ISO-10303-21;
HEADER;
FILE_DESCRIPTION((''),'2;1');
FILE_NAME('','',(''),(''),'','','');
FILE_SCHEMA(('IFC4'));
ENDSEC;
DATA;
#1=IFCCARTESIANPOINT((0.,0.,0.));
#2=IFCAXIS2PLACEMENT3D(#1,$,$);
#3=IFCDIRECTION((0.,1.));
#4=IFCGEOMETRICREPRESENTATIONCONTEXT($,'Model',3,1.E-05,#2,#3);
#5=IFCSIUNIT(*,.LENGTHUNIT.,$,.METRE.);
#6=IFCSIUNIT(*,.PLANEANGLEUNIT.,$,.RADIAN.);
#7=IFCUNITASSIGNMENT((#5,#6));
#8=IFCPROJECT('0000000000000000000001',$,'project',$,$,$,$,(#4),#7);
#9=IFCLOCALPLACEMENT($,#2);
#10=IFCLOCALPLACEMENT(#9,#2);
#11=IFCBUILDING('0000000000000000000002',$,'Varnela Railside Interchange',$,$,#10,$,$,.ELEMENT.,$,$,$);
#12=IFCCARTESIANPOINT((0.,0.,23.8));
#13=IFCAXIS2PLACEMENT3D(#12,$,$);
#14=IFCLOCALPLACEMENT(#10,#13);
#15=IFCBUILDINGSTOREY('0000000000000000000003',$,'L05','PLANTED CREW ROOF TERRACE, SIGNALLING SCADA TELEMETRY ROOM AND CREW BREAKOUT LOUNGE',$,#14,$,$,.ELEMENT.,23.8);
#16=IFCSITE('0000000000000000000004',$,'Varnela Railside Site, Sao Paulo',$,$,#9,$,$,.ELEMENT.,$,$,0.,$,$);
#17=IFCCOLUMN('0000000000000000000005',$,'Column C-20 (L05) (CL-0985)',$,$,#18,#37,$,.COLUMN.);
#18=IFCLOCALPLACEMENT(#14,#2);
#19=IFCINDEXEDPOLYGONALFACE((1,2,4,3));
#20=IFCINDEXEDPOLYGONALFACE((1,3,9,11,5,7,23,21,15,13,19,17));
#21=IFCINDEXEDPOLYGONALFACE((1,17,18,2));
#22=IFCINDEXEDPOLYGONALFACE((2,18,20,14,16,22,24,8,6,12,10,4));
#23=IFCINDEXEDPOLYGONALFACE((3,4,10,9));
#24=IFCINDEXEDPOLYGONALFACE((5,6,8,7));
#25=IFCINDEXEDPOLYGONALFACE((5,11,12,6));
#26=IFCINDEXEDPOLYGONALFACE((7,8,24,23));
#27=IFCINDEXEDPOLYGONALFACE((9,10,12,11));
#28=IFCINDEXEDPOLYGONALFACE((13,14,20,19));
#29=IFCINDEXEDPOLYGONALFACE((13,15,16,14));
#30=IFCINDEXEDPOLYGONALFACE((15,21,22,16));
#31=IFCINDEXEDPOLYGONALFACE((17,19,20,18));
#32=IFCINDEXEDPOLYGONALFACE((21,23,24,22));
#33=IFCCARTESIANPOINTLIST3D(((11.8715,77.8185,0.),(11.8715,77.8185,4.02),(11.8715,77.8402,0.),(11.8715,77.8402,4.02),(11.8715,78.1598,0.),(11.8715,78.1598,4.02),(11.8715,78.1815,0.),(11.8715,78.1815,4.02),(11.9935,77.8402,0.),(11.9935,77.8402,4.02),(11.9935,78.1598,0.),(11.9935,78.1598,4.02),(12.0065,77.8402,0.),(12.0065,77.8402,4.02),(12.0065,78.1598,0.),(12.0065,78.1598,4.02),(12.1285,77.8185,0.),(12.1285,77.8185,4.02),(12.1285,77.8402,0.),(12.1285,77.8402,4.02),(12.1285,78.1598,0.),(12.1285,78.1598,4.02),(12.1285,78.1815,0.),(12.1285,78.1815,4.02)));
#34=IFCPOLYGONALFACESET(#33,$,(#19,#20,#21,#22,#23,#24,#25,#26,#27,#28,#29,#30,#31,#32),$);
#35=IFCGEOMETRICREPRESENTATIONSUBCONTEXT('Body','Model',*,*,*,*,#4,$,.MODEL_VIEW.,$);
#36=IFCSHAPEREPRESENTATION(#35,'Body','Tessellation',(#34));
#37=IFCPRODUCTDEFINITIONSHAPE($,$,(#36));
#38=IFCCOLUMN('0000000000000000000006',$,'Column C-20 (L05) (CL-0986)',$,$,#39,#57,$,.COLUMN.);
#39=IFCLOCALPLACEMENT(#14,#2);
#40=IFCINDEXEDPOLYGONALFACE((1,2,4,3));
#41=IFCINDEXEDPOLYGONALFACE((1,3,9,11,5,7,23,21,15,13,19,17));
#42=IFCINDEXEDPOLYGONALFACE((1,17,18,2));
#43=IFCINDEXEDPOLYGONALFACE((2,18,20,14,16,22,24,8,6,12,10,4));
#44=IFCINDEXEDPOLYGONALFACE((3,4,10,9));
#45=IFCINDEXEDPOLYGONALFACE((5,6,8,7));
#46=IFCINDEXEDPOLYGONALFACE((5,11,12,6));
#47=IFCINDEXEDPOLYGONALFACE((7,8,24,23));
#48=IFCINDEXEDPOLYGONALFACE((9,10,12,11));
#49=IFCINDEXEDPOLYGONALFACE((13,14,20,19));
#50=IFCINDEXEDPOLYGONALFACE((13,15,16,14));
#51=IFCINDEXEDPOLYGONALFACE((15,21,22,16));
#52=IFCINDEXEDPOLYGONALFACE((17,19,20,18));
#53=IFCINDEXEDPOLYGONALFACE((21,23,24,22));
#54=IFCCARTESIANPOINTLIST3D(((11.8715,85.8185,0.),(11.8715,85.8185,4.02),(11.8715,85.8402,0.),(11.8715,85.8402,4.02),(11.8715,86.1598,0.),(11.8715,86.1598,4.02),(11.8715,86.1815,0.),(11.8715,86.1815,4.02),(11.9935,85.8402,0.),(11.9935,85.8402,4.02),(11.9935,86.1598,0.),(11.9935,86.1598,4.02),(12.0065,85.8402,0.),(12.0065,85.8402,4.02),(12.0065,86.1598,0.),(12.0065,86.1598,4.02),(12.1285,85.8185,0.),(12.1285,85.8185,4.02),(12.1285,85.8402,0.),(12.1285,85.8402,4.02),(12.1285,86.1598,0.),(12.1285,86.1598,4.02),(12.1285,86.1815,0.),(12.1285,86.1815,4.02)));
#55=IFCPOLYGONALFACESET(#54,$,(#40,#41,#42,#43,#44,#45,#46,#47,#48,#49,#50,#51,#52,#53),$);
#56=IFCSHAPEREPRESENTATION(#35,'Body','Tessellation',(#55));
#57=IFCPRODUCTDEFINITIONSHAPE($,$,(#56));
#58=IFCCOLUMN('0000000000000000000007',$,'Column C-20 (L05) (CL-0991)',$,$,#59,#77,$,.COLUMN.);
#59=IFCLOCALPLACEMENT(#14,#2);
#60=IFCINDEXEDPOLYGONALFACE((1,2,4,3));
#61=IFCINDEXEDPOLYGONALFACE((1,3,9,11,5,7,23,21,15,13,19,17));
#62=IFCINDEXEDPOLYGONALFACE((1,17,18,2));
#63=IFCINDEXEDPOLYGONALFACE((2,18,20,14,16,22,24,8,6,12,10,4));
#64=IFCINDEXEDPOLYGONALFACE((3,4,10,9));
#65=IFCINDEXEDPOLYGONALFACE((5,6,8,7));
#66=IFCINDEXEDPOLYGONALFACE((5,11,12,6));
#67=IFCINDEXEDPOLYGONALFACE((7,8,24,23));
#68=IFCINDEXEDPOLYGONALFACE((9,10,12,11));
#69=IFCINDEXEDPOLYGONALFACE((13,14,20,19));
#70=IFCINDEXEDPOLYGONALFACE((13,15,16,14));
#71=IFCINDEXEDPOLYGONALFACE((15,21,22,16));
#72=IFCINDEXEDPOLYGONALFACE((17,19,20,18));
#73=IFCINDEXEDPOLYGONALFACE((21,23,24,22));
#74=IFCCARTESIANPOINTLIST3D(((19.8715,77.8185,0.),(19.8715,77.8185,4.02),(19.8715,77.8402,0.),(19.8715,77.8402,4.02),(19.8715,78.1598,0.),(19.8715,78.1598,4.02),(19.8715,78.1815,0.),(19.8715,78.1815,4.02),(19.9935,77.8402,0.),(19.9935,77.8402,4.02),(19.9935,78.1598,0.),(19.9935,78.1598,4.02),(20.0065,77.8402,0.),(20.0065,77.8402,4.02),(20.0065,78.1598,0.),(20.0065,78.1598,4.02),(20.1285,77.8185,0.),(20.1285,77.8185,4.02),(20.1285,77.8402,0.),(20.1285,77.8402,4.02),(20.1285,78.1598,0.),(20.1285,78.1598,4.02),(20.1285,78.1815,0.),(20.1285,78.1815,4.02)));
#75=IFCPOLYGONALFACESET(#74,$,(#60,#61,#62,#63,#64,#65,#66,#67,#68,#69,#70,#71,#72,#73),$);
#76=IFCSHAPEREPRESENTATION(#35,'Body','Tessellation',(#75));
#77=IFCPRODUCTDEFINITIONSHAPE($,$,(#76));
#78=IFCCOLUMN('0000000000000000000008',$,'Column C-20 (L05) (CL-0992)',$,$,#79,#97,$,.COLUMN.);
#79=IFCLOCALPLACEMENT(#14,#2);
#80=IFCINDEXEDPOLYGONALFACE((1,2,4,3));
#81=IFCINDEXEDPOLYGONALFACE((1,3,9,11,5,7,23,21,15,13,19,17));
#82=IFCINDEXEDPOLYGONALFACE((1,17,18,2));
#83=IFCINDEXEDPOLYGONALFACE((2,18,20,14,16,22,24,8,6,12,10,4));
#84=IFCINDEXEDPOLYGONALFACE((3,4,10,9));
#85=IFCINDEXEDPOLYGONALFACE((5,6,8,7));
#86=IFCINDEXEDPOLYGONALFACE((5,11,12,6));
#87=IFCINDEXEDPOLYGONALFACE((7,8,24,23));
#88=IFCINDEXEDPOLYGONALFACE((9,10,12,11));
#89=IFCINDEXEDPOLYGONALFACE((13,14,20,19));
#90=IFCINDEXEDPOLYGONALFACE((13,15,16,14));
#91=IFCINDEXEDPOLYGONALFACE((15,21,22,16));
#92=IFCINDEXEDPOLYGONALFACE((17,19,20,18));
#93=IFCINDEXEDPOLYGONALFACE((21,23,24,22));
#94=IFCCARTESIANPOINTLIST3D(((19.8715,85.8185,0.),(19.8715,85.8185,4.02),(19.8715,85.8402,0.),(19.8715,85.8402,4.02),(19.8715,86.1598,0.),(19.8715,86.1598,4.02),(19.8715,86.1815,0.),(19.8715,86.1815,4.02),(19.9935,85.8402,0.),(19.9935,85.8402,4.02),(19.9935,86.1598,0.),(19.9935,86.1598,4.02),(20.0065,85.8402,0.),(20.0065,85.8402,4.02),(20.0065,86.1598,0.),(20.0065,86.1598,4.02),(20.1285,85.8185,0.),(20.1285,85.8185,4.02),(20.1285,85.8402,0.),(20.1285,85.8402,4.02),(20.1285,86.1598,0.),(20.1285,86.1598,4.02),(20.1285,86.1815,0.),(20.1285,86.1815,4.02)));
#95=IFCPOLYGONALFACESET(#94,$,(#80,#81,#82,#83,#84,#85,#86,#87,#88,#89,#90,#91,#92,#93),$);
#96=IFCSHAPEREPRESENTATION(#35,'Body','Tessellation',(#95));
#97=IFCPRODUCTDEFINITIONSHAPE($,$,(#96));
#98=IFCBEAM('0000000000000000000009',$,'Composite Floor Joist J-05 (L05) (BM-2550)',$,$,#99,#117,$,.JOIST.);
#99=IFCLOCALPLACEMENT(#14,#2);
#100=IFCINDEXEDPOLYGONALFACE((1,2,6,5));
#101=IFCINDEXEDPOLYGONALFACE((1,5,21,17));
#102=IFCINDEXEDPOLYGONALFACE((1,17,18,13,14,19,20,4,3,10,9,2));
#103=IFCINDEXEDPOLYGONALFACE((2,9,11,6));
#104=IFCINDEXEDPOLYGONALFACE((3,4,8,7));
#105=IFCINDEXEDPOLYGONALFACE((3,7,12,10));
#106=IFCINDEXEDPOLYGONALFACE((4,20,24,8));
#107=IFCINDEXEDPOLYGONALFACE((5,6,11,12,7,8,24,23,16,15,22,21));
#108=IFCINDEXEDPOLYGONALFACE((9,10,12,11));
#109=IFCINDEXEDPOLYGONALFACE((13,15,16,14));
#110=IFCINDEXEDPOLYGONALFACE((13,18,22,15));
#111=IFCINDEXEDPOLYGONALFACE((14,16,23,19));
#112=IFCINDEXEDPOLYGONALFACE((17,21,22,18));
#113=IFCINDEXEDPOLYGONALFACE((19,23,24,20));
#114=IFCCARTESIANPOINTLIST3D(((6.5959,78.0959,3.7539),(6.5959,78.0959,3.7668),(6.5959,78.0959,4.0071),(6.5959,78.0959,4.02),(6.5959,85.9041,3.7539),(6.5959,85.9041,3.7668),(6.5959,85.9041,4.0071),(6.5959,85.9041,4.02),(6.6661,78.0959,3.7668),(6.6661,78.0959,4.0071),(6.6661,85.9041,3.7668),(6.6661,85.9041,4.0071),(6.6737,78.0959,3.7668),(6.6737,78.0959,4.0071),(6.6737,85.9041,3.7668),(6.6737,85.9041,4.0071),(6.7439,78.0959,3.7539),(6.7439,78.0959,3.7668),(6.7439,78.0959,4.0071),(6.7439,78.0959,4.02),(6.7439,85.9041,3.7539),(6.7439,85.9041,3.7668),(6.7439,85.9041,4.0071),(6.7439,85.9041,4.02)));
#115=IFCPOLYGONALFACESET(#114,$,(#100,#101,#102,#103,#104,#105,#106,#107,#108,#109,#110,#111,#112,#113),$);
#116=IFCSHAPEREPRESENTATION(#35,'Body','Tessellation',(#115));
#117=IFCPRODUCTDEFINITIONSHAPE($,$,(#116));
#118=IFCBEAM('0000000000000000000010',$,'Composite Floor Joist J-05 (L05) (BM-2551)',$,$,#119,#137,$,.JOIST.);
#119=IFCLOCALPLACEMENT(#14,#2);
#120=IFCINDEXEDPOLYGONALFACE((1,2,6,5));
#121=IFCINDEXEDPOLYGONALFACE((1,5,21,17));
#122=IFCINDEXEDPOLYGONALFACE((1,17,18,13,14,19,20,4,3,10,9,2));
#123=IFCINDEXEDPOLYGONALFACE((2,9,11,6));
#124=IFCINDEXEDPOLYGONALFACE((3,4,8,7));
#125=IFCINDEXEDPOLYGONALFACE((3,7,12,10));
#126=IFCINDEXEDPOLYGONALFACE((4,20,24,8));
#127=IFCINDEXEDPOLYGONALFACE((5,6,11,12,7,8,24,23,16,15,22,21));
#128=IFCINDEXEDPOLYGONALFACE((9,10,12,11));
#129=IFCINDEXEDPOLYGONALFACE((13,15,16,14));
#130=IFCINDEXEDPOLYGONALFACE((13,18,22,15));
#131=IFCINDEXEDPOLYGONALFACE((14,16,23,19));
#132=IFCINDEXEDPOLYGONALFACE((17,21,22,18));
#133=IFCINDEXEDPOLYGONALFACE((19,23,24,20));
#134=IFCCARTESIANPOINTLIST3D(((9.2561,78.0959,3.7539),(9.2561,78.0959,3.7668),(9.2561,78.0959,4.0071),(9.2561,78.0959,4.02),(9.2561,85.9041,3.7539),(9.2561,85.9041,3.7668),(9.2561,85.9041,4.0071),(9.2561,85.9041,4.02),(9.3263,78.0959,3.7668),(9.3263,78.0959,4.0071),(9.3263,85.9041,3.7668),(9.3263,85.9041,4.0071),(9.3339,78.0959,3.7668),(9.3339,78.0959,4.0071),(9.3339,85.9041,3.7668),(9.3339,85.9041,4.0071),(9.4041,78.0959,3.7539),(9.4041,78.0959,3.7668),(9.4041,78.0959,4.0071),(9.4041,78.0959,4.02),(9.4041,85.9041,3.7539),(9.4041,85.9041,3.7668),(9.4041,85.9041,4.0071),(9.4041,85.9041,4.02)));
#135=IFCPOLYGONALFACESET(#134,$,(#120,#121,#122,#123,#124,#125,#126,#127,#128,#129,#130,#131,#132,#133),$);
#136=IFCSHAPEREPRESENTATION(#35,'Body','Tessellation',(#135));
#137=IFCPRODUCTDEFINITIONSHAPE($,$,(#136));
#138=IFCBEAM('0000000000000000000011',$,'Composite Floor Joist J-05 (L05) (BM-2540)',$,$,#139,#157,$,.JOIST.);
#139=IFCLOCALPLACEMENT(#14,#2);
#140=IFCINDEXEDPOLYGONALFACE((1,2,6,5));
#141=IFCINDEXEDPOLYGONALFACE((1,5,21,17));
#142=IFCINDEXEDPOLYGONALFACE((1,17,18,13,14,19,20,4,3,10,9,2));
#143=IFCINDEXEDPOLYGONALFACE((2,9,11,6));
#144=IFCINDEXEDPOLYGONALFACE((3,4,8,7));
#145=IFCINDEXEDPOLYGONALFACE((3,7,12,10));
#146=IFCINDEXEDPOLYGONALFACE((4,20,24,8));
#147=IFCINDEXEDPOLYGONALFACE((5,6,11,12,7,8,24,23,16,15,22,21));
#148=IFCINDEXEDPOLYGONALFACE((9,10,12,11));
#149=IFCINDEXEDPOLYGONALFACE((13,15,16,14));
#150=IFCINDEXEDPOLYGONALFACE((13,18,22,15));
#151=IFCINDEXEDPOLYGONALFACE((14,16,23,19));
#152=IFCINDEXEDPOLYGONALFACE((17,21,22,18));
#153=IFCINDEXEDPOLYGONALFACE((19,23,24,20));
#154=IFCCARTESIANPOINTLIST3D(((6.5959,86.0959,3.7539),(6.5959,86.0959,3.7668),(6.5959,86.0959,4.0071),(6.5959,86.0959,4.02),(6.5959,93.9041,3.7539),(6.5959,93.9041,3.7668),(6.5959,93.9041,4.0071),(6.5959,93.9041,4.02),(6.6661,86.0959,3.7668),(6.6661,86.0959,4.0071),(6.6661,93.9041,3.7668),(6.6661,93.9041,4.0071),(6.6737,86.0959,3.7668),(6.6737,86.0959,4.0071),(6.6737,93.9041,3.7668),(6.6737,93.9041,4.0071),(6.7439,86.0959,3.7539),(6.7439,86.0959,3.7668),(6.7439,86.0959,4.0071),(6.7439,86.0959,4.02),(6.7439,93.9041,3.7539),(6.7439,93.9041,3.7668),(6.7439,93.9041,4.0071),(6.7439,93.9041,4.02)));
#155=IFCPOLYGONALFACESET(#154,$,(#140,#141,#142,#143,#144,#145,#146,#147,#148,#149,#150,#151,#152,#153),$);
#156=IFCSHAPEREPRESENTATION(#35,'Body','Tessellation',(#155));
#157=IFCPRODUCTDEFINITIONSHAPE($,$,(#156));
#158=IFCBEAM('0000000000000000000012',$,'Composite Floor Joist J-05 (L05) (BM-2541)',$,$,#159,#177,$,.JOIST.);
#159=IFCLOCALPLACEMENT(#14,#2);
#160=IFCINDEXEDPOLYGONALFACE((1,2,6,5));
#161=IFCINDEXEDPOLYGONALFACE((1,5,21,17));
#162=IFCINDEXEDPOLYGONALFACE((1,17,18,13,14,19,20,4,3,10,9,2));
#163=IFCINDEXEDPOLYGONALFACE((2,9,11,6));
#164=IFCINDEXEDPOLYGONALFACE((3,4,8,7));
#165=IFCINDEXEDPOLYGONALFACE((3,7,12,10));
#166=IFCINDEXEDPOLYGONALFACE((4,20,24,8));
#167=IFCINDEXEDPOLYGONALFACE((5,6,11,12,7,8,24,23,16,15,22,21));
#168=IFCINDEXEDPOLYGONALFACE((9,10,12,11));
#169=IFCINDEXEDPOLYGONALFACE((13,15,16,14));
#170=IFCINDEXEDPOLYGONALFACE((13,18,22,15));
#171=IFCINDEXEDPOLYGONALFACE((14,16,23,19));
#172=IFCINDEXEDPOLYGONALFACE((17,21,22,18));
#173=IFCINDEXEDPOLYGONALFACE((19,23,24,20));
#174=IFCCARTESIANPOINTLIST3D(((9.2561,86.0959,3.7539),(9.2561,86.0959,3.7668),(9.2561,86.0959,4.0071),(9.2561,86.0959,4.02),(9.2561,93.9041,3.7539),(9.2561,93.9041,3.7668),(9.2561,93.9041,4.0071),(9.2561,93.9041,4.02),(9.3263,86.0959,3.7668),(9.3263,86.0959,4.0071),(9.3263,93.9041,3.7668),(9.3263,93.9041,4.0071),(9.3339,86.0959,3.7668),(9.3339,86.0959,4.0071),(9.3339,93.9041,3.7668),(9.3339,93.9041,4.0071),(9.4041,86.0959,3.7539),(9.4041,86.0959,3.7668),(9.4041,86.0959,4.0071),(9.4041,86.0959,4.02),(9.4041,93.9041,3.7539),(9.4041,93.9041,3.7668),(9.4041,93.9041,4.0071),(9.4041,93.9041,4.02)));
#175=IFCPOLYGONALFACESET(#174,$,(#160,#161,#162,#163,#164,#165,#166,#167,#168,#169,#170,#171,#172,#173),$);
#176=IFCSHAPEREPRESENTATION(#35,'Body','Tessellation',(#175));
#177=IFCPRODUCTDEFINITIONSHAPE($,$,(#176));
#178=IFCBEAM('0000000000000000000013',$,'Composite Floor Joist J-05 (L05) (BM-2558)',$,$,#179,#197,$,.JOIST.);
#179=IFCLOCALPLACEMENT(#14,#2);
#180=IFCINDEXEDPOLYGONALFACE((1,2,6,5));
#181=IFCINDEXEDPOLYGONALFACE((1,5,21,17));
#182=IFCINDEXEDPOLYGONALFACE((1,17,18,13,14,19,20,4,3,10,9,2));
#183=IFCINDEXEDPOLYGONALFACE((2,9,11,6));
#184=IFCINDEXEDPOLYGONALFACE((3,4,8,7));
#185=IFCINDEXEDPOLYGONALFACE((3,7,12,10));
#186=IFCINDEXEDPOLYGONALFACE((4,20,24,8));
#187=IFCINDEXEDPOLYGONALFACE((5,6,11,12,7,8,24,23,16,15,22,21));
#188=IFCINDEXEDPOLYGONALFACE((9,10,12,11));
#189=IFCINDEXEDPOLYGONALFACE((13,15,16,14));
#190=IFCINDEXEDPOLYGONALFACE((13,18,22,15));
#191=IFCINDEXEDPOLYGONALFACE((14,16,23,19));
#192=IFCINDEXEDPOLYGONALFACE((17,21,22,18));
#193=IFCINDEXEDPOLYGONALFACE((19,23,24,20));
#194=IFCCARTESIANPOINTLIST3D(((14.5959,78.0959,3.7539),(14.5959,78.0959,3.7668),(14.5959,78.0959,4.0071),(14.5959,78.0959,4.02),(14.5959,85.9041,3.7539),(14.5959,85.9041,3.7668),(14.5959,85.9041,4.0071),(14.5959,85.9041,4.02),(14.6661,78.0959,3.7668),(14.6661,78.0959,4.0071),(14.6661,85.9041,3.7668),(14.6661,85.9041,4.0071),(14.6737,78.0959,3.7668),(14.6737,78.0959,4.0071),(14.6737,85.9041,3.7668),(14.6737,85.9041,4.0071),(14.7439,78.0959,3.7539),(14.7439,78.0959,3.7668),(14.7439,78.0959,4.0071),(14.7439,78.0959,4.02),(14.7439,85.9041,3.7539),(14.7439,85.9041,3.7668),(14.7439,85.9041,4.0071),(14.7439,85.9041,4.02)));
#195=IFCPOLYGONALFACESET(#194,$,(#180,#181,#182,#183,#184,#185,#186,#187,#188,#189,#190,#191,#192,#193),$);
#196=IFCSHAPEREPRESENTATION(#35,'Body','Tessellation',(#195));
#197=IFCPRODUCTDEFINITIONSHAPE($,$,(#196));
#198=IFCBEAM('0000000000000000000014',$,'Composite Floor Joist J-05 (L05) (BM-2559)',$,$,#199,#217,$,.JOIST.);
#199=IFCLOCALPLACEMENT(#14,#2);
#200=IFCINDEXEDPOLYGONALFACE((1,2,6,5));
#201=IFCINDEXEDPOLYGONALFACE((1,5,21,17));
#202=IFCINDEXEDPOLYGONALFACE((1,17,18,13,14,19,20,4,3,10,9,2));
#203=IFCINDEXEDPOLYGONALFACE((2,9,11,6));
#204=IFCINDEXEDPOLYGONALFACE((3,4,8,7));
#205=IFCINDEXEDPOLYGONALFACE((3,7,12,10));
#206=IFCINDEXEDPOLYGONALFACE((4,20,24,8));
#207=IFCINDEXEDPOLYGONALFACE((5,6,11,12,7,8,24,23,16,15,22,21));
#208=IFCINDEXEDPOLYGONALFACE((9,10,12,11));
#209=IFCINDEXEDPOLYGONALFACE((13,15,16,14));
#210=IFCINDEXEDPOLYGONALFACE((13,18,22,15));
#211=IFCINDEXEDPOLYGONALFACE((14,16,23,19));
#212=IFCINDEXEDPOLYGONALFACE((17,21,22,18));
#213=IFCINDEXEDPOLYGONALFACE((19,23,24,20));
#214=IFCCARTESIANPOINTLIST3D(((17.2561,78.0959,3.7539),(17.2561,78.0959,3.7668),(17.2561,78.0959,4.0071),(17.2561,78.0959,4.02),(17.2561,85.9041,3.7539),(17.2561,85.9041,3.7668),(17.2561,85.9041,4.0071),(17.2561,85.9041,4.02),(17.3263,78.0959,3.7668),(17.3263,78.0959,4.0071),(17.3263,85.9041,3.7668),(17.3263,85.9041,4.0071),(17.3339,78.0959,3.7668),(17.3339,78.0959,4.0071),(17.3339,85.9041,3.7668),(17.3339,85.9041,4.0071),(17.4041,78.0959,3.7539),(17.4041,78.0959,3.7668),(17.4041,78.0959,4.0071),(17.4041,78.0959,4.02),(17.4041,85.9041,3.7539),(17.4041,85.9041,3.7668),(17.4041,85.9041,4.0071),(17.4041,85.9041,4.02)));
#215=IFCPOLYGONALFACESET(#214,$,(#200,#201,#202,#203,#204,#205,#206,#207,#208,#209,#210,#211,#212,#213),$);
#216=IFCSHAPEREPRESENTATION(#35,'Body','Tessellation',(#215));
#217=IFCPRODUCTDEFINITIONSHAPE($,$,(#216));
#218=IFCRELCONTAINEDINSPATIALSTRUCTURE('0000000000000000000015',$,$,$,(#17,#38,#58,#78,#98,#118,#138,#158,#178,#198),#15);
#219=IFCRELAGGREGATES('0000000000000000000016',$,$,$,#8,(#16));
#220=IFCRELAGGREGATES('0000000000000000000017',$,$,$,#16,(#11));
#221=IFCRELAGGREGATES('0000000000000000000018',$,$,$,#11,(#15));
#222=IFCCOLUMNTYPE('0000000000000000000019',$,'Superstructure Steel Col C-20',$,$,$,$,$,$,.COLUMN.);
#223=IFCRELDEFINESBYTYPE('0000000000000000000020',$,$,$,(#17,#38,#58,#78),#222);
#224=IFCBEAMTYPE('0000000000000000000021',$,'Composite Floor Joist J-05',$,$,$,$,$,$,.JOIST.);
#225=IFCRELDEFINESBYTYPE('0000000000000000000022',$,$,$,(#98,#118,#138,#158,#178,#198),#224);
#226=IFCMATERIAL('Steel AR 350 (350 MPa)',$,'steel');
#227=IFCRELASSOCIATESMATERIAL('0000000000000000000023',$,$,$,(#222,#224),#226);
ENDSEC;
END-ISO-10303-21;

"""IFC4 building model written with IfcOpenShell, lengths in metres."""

from ifc_helpers import new_model, si_unit, direction, frame, origin, origin_2d, place, context, subcontext, project, spatial, i_section, extrude, material, material_profile, profile_set, type_object, element, save


model = new_model("IFC4")

# Units and contexts
model_context = context("Model", 3, precision=1e-05, world=origin(), true_north=direction((0.0, 1.0)))
body_context = subcontext(model_context, "Body", "Model", "MODEL_VIEW")
ifc_project = project(units=[si_unit("LENGTHUNIT", "METRE"), si_unit("PLANEANGLEUNIT", "RADIAN")], contexts=[model_context])

# Site, building, storey
site_placement = place(None, origin())
site = spatial("IfcSite", under=ifc_project, at=site_placement, Name="Varnela Railside Site, Sao Paulo", CompositionType="ELEMENT", RefElevation=0.0)
building_placement = place(site_placement, origin())
building = spatial("IfcBuilding", under=site, at=building_placement, Name="Varnela Railside Interchange", CompositionType="ELEMENT")
storey_placement = place(building_placement, frame((0.0, 0.0, 23.8)))
storey = spatial("IfcBuildingStorey", under=building, at=storey_placement, Name="L05", Description="PLANTED CREW ROOF TERRACE, SIGNALLING SCADA TELEMETRY ROOM AND CREW BREAKOUT LOUNGE", CompositionType="ELEMENT", Elevation=23.8)

# Columns
ifc_material = material(Name="Steel AR 350 (350 MPa)", Category="steel")
ifc_material_profile_1 = material_profile(ifc_material, i_section(OverallWidth=0.2571, OverallDepth=0.363, WebThickness=0.0129, FlangeThickness=0.0217, at=origin_2d()), Name="W360x122")
ifc_profile_set_1 = profile_set([ifc_material_profile_1], Name="Steel AR 350 (350 MPa)")
column_type = type_object("IfcColumnType", Name="Superstructure Steel Col C-20", PredefinedType="COLUMN", material=ifc_profile_set_1)
for number, where, z_axis, x_axis, name in (
    (1, (12.0, 78.0, 0.0), (0.0, 0.0, 1.0), (1.0, 0.0, 0.0), "Column C-20 (L05) (CL-0985)"),
    (2, (12.0, 86.0, 0.0), (0.0, 0.0, 1.0), (1.0, 0.0, 0.0), "Column C-20 (L05) (CL-0986)"),
    (3, (20.0, 78.0, 0.0), (0.0, 0.0, 1.0), (1.0, 0.0, 0.0), "Column C-20 (L05) (CL-0991)"),
    (4, (20.0, 86.0, 0.0), (0.0, 0.0, 1.0), (1.0, 0.0, 0.0), "Column C-20 (L05) (CL-0992)"),
):
    element("IfcColumn", number, at=place(storey_placement, frame(where, z_axis=z_axis, x_axis=x_axis)), inside=storey, type_object=column_type, Name=name, PredefinedType="COLUMN", context=body_context, shape_type="SweptSolid", body=[
        extrude(i_section(OverallWidth=0.2571, OverallDepth=0.363, WebThickness=0.0129, FlangeThickness=0.0217, at=origin_2d()), origin(), (0.0, 0.0, 1.0), 4.02),
    ])

# Beams
ifc_material_profile_2 = material_profile(ifc_material, i_section(OverallWidth=0.1479, OverallDepth=0.2661, WebThickness=0.0076, FlangeThickness=0.0129, at=origin_2d()), Name="W250x44.8")
ifc_profile_set_2 = profile_set([ifc_material_profile_2], Name="Steel AR 350 (350 MPa)")
beam_type_1 = type_object("IfcBeamType", Name="Composite Floor Joist J-05", PredefinedType="JOIST", material=ifc_profile_set_2)
for number, where, z_axis, x_axis, name in (
    (5, (6.6699, 78.0959, 3.887), (0.0, 1.0, 0.0), (-1.0, 0.0, 0.0), "Composite Floor Joist J-05 (L05) (BM-2550)"),
    (6, (9.3301, 78.0959, 3.887), (0.0, 1.0, 0.0), (-1.0, 0.0, 0.0), "Composite Floor Joist J-05 (L05) (BM-2551)"),
    (7, (6.6699, 86.0959, 3.887), (0.0, 1.0, 0.0), (-1.0, 0.0, 0.0), "Composite Floor Joist J-05 (L05) (BM-2540)"),
    (8, (9.3301, 86.0959, 3.887), (0.0, 1.0, 0.0), (-1.0, 0.0, 0.0), "Composite Floor Joist J-05 (L05) (BM-2541)"),
    (9, (14.6699, 78.0959, 3.887), (0.0, 1.0, 0.0), (-1.0, 0.0, 0.0), "Composite Floor Joist J-05 (L05) (BM-2558)"),
    (10, (17.3301, 78.0959, 3.887), (0.0, 1.0, 0.0), (-1.0, 0.0, 0.0), "Composite Floor Joist J-05 (L05) (BM-2559)"),
):
    element("IfcBeam", number, at=place(storey_placement, frame(where, z_axis=z_axis, x_axis=x_axis)), inside=storey, type_object=beam_type_1, Name=name, PredefinedType="JOIST", context=body_context, shape_type="SweptSolid", body=[
        extrude(i_section(OverallWidth=0.1479, OverallDepth=0.2661, WebThickness=0.0076, FlangeThickness=0.0129, at=origin_2d()), origin(), (0.0, 0.0, 1.0), 7.8081),
    ])

save(model, "model.ifc")
